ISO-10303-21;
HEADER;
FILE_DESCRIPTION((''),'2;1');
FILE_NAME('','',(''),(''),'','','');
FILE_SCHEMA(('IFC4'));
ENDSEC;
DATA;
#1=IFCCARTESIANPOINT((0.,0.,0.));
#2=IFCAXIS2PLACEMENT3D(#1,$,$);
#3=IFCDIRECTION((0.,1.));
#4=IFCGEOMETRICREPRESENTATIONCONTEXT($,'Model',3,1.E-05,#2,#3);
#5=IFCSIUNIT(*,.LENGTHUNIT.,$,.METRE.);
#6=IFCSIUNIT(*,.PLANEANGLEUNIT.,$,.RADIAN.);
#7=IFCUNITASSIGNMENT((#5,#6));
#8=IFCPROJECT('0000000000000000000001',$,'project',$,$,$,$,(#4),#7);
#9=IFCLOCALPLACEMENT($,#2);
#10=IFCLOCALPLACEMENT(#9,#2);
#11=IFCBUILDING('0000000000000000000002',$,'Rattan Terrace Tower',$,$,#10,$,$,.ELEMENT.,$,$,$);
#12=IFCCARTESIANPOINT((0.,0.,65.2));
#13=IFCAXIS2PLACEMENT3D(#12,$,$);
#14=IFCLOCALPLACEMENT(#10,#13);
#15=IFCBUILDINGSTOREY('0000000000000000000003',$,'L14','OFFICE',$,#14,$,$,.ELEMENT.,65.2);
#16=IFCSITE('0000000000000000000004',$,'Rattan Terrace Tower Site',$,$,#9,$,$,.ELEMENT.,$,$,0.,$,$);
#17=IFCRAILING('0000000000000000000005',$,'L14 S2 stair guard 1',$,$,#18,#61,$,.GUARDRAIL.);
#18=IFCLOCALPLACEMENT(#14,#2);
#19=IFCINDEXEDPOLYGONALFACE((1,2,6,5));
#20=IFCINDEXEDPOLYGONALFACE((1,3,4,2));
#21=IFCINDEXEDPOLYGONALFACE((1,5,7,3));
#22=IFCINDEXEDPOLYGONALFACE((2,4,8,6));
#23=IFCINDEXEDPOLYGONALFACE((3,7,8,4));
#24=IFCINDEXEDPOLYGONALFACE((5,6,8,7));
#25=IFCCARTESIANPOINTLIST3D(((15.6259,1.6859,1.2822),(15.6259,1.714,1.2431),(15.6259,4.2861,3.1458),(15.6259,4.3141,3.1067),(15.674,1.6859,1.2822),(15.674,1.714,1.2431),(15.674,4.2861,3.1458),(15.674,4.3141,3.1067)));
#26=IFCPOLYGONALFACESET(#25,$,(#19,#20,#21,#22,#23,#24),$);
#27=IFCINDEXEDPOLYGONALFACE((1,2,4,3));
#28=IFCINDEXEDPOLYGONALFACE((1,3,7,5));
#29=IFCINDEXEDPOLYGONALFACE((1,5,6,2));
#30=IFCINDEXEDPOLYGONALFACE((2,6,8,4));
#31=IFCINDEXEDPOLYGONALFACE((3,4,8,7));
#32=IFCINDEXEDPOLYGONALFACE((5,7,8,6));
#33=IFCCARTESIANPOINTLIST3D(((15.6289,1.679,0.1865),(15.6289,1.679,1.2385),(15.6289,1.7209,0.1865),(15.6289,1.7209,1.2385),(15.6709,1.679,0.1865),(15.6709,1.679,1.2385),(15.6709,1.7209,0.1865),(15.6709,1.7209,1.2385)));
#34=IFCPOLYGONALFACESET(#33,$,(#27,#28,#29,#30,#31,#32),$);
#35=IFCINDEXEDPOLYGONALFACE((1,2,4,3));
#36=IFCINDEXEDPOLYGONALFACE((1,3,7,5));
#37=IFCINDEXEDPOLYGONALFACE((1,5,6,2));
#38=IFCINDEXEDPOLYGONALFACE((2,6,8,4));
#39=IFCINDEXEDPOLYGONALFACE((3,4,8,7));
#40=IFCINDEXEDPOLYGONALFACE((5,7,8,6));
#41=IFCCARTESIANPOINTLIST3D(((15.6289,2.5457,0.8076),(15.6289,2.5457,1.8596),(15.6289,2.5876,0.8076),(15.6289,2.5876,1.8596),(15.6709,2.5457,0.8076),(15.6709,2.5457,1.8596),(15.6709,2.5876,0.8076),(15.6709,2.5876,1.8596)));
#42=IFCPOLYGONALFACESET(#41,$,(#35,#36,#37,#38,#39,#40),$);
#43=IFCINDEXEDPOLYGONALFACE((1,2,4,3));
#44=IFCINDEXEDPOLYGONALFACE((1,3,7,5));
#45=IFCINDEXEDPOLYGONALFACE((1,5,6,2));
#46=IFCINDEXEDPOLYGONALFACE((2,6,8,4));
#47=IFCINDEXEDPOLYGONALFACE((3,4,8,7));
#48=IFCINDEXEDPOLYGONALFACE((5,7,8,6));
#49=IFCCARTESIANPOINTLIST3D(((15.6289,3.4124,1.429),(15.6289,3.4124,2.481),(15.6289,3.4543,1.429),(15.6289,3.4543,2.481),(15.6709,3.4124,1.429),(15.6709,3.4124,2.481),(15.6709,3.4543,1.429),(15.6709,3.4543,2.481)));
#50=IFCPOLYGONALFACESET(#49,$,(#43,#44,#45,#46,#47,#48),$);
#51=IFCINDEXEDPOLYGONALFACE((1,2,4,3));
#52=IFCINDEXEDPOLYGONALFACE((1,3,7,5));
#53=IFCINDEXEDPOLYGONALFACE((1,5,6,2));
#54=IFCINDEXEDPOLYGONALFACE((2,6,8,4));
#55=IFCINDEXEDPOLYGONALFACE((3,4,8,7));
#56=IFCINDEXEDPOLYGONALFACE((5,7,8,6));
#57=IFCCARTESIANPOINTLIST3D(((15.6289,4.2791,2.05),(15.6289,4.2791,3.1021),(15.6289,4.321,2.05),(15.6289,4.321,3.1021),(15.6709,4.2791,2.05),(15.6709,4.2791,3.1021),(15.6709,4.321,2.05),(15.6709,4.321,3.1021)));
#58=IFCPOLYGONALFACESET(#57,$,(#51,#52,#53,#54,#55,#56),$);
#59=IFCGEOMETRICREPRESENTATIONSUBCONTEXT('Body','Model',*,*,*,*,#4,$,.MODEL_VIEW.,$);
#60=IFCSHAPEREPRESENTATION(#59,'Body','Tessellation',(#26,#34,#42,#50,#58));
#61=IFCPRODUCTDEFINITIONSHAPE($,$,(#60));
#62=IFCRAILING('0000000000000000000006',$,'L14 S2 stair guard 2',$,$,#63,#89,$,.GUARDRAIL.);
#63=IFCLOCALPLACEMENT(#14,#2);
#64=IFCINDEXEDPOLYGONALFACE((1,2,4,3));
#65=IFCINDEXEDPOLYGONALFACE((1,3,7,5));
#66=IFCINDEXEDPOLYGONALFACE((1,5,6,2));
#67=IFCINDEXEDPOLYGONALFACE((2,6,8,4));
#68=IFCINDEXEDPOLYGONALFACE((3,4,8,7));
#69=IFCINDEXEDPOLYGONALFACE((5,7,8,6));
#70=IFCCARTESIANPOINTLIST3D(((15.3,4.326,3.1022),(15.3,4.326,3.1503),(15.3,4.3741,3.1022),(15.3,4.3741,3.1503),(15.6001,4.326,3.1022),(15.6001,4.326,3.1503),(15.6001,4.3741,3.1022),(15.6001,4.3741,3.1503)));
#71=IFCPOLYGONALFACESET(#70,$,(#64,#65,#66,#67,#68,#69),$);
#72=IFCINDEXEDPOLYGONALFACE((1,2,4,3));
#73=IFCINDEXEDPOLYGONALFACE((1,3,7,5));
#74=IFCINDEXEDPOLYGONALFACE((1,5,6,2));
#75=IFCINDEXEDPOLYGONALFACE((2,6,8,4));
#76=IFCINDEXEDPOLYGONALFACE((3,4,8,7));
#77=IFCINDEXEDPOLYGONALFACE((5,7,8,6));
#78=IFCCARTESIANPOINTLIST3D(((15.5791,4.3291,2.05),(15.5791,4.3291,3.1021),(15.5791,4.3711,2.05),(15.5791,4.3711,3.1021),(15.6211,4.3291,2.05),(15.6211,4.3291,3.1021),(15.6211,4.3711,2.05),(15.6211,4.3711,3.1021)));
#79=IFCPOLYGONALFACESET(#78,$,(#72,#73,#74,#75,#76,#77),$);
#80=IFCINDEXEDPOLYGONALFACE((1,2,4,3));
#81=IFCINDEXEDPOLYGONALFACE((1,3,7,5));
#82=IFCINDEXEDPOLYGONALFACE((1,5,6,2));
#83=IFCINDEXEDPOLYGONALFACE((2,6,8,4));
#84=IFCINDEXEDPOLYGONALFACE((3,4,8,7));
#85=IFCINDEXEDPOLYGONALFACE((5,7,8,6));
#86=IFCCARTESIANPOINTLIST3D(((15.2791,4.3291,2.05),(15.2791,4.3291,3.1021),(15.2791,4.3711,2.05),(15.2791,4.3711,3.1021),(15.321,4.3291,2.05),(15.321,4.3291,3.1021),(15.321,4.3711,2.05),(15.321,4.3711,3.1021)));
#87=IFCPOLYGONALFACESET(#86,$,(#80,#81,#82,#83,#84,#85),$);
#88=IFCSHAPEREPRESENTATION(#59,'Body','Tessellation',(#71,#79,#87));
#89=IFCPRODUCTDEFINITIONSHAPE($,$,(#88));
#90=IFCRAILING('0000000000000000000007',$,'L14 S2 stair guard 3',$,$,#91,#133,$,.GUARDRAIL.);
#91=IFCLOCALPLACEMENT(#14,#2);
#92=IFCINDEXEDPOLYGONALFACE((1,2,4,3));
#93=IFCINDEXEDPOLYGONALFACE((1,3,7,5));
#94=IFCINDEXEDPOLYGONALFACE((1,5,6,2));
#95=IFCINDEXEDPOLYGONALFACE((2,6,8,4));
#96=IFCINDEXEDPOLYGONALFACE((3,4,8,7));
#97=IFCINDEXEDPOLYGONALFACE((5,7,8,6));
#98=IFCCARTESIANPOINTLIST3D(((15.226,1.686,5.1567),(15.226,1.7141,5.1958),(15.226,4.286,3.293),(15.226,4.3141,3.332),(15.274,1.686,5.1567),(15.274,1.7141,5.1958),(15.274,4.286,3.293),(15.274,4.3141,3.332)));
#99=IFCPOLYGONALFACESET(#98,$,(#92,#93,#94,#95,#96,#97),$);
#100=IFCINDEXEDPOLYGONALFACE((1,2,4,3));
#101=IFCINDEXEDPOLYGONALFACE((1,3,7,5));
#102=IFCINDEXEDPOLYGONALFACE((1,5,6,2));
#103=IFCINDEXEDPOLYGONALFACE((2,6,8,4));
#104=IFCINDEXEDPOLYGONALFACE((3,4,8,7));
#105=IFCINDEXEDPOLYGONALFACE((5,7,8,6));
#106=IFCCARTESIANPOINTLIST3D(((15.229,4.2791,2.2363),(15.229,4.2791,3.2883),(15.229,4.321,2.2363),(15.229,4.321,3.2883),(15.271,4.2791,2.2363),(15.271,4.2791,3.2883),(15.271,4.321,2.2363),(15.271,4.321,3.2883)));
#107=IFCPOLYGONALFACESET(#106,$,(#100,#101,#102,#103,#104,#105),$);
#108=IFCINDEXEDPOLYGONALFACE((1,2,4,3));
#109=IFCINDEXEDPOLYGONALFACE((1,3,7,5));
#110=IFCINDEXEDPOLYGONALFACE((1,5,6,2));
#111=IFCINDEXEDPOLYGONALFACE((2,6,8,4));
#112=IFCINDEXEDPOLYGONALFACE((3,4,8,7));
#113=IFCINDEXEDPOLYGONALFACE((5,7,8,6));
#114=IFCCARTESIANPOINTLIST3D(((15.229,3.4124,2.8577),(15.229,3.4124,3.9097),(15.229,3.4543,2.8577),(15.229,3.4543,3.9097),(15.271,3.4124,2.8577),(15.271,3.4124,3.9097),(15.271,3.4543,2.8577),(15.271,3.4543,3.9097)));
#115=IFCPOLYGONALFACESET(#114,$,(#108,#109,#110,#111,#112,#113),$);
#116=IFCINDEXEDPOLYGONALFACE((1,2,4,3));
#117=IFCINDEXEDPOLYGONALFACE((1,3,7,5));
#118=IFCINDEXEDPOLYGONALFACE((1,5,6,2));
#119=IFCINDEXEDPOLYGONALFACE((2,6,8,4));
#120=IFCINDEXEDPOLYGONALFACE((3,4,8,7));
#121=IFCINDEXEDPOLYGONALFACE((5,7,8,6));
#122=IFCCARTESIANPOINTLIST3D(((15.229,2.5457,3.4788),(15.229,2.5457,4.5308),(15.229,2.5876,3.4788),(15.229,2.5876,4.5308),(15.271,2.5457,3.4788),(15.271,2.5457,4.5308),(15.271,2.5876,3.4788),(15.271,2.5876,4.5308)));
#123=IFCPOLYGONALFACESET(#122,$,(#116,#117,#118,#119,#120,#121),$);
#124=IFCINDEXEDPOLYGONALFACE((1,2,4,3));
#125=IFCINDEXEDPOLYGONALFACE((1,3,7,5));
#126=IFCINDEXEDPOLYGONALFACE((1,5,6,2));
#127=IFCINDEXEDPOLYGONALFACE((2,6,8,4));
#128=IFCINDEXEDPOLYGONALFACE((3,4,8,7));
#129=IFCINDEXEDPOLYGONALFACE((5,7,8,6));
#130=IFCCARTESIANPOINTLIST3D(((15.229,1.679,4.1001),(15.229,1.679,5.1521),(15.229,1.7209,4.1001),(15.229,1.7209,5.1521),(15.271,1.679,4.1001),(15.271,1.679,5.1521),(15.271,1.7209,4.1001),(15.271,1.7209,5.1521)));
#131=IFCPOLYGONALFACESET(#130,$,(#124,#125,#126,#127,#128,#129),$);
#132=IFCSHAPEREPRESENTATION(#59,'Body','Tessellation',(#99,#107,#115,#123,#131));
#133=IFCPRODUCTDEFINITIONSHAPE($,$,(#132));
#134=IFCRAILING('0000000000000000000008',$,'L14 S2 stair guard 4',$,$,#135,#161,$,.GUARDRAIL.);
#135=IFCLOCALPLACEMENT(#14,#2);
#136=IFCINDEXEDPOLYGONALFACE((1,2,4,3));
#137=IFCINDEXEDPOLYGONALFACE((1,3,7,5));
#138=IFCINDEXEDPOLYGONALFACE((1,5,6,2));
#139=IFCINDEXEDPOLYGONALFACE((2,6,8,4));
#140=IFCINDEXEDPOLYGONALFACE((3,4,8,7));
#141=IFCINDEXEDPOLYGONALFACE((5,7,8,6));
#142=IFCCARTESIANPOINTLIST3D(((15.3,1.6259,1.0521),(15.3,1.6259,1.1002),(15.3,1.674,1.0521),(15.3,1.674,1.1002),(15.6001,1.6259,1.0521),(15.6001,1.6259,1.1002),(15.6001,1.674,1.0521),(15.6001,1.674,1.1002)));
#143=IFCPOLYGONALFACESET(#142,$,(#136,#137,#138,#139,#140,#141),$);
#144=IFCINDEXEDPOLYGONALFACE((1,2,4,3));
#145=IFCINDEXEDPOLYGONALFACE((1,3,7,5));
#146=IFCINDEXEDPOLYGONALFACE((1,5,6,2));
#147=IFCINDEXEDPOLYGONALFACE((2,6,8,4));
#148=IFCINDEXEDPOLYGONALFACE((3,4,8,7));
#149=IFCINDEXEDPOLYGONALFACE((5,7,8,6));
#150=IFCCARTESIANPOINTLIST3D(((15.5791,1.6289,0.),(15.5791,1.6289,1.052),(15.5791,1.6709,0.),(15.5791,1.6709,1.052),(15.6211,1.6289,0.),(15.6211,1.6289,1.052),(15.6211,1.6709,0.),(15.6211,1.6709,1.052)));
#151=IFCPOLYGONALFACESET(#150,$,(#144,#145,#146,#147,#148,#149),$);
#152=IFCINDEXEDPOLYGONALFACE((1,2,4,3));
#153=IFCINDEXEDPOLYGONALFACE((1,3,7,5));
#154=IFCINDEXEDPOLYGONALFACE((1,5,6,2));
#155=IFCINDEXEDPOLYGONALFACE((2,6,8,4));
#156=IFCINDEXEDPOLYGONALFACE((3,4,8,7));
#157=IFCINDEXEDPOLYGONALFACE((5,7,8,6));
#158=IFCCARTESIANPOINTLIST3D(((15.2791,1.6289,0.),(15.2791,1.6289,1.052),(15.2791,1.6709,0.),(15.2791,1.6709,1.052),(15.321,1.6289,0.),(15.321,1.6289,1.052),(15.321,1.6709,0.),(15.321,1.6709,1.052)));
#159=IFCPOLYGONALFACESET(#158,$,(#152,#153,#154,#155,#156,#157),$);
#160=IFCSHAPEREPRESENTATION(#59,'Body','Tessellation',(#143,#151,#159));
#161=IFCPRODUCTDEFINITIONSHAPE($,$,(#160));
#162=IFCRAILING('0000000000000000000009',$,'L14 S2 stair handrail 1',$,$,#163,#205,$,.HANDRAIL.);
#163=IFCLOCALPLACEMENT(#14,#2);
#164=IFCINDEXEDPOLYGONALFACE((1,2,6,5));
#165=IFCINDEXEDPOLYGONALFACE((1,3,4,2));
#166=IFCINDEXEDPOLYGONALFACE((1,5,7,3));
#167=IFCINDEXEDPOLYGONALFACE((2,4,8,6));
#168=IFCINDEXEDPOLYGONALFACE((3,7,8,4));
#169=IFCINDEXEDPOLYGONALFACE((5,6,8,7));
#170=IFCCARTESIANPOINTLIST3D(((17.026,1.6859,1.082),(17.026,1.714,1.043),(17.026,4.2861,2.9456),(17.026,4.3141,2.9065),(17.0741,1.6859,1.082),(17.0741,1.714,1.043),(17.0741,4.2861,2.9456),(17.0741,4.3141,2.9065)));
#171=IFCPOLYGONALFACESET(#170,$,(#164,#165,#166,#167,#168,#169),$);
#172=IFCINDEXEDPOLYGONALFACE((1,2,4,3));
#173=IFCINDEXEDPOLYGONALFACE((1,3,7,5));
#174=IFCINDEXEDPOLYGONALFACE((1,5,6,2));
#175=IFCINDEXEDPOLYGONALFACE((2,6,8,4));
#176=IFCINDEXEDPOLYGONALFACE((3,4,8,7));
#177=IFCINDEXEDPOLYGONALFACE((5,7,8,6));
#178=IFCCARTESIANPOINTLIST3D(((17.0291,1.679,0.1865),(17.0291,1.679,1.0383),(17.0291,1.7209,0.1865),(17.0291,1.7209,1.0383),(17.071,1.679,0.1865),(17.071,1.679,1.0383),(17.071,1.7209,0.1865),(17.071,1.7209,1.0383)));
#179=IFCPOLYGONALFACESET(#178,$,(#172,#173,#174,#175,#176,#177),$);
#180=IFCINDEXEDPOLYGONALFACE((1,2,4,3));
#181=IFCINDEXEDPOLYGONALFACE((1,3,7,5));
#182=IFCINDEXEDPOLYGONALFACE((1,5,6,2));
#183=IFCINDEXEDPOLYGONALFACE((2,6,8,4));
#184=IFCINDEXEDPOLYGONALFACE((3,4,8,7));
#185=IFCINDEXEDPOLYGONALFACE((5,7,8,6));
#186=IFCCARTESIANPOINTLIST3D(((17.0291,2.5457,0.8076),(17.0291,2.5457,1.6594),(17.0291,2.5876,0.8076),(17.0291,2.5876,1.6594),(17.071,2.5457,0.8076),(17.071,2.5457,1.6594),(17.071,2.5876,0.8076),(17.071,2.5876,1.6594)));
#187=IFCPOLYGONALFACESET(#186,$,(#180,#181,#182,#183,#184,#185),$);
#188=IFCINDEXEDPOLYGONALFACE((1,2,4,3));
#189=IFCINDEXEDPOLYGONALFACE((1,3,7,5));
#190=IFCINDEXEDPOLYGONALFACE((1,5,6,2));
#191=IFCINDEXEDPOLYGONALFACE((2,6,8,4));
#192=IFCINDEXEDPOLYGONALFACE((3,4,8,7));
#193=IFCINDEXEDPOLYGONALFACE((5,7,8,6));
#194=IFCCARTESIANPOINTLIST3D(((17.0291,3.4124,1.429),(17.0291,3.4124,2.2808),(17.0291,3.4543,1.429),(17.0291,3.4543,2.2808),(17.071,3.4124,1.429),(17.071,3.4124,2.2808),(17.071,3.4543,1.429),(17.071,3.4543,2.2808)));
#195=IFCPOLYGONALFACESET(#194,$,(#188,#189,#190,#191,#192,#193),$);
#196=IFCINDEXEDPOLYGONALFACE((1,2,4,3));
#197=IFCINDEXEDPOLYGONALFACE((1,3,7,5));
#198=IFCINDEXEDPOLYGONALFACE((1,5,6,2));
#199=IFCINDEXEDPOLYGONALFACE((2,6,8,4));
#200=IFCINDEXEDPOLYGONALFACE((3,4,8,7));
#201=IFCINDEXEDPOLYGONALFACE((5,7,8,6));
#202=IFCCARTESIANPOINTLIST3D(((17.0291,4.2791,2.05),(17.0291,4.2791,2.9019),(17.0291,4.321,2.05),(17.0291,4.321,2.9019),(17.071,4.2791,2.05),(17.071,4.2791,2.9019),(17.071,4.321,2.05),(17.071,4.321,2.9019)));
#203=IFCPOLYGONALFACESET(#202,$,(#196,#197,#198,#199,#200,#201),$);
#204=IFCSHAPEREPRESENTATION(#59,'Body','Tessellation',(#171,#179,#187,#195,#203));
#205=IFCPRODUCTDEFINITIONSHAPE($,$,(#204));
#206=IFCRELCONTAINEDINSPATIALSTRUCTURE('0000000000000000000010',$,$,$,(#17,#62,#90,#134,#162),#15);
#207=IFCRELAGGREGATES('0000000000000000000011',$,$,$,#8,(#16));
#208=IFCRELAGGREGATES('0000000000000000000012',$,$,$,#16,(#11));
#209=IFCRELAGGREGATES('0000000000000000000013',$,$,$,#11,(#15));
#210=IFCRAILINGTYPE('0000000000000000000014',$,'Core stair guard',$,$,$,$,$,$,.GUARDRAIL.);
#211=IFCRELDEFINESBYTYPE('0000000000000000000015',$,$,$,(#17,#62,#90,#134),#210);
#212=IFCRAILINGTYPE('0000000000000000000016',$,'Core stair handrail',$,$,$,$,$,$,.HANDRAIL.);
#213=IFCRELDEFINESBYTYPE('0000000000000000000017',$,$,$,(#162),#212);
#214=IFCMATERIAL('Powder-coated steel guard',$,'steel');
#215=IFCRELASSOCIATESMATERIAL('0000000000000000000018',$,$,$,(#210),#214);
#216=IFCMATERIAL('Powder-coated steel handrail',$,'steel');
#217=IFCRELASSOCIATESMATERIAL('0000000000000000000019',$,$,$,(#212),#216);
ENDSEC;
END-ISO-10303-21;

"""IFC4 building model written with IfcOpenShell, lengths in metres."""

from ifc_helpers import new_model, si_unit, direction, frame, origin, origin_2d, place, context, subcontext, project, spatial, rectangle, extrude, material, type_object, element, save


model = new_model("IFC4")

# Units and contexts
model_context = context("Model", 3, precision=1e-05, world=origin(), true_north=direction((0.0, 1.0)))
body_context = subcontext(model_context, "Body", "Model", "MODEL_VIEW")
ifc_project = project(units=[si_unit("LENGTHUNIT", "METRE"), si_unit("PLANEANGLEUNIT", "RADIAN")], contexts=[model_context])

# Site, building, storey
site_placement = place(None, origin())
site = spatial("IfcSite", under=ifc_project, at=site_placement, Name="Rattan Terrace Tower Site", CompositionType="ELEMENT", RefElevation=0.0)
building_placement = place(site_placement, origin())
building = spatial("IfcBuilding", under=site, at=building_placement, Name="Rattan Terrace Tower", CompositionType="ELEMENT")
storey_placement = place(building_placement, frame((0.0, 0.0, 65.2)))
storey = spatial("IfcBuildingStorey", under=building, at=storey_placement, Name="L14", Description="OFFICE", CompositionType="ELEMENT", Elevation=65.2)

# Railings
ifc_material_1 = material(Name="Powder-coated steel guard", Category="steel")
railing_type_1 = type_object("IfcRailingType", Name="Core stair guard", PredefinedType="GUARDRAIL", material=ifc_material_1)
railing_1_placement = place(storey_placement, frame((15.6499, 1.7, 0.1865)))
element("IfcRailing", 1, at=railing_1_placement, inside=storey, type_object=railing_type_1, Name="L14 S2 stair guard 1", PredefinedType="GUARDRAIL", context=body_context, shape_type="SweptSolid", body=[
    extrude(rectangle(XDim=0.0481, YDim=0.0481, at=origin_2d()), frame((0.0, 0.0, 1.0762), z_axis=(0.0, 0.812799, 0.582544), x_axis=(-1.0, 0.0, 0.0)), (0.0, 0.0, 1.0), 3.199),
    extrude(rectangle(XDim=0.042, YDim=0.042, at=origin_2d()), origin(), (0.0, 0.0, 1.0), 1.052),
    extrude(rectangle(XDim=0.042, YDim=0.042, at=origin_2d()), frame((0.0, 0.8667, 0.6211)), (0.0, 0.0, 1.0), 1.052),
    extrude(rectangle(XDim=0.042, YDim=0.042, at=origin_2d()), frame((0.0, 1.7334, 1.2424)), (0.0, 0.0, 1.0), 1.052),
    extrude(rectangle(XDim=0.042, YDim=0.042, at=origin_2d()), frame((0.0, 2.6001, 1.8635)), (0.0, 0.0, 1.0), 1.052),
])
railing_2_placement = place(storey_placement, frame((15.6001, 4.3501, 2.05)))
element("IfcRailing", 2, at=railing_2_placement, inside=storey, type_object=railing_type_1, Name="L14 S2 stair guard 2", PredefinedType="GUARDRAIL", context=body_context, shape_type="SweptSolid", body=[
    extrude(rectangle(XDim=0.0481, YDim=0.0481, at=origin_2d()), frame((0.0, 0.0, 1.0762), z_axis=(-1.0, 0.0, 0.0), x_axis=(0.0, -1.0, 0.0)), (0.0, 0.0, 1.0), 0.3),
    extrude(rectangle(XDim=0.042, YDim=0.042, at=origin_2d()), origin(), (0.0, 0.0, 1.0), 1.052),
    extrude(rectangle(XDim=0.042, YDim=0.042, at=origin_2d()), frame((-0.3, 0.0, 0.0)), (0.0, 0.0, 1.0), 1.052),
])
railing_3_placement = place(storey_placement, frame((15.25, 4.3, 2.2363)))
element("IfcRailing", 3, at=railing_3_placement, inside=storey, type_object=railing_type_1, Name="L14 S2 stair guard 3", PredefinedType="GUARDRAIL", context=body_context, shape_type="SweptSolid", body=[
    extrude(rectangle(XDim=0.0481, YDim=0.0481, at=origin_2d()), frame((0.0, 0.0, 1.0762), z_axis=(0.0, -0.812763, 0.582595), x_axis=(1.0, 0.0, 0.0)), (0.0, 0.0, 1.0), 3.199),
    extrude(rectangle(XDim=0.042, YDim=0.042, at=origin_2d()), origin(), (0.0, 0.0, 1.0), 1.052),
    extrude(rectangle(XDim=0.042, YDim=0.042, at=origin_2d()), frame((0.0, -0.8667, 0.6213)), (0.0, 0.0, 1.0), 1.052),
    extrude(rectangle(XDim=0.042, YDim=0.042, at=origin_2d()), frame((0.0, -1.7334, 1.2424)), (0.0, 0.0, 1.0), 1.052),
    extrude(rectangle(XDim=0.042, YDim=0.042, at=origin_2d()), frame((0.0, -2.6001, 1.8638)), (0.0, 0.0, 1.0), 1.052),
])
railing_4_placement = place(storey_placement, frame((15.6001, 1.6499, 0.0)))
element("IfcRailing", 4, at=railing_4_placement, inside=storey, type_object=railing_type_1, Name="L14 S2 stair guard 4", PredefinedType="GUARDRAIL", context=body_context, shape_type="SweptSolid", body=[
    extrude(rectangle(XDim=0.0481, YDim=0.0481, at=origin_2d()), frame((0.0, 0.0, 1.0762), z_axis=(-1.0, 0.0, 0.0), x_axis=(0.0, -1.0, 0.0)), (0.0, 0.0, 1.0), 0.3),
    extrude(rectangle(XDim=0.042, YDim=0.042, at=origin_2d()), origin(), (0.0, 0.0, 1.0), 1.052),
    extrude(rectangle(XDim=0.042, YDim=0.042, at=origin_2d()), frame((-0.3, 0.0, 0.0)), (0.0, 0.0, 1.0), 1.052),
])
ifc_material_2 = material(Name="Powder-coated steel handrail", Category="steel")
railing_type_2 = type_object("IfcRailingType", Name="Core stair handrail", PredefinedType="HANDRAIL", material=ifc_material_2)
railing_5_placement = place(storey_placement, frame((17.05, 1.7, 0.1865)))
element("IfcRailing", 5, at=railing_5_placement, inside=storey, type_object=railing_type_2, Name="L14 S2 stair handrail 1", PredefinedType="HANDRAIL", context=body_context, shape_type="SweptSolid", body=[
    extrude(rectangle(XDim=0.0481, YDim=0.0481, at=origin_2d()), frame((0.0, 0.0, 0.876), z_axis=(0.0, 0.812799, 0.582544), x_axis=(-1.0, 0.0, 0.0)), (0.0, 0.0, 1.0), 3.199),
    extrude(rectangle(XDim=0.042, YDim=0.042, at=origin_2d()), origin(), (0.0, 0.0, 1.0), 0.8518),
    extrude(rectangle(XDim=0.042, YDim=0.042, at=origin_2d()), frame((0.0, 0.8667, 0.6211)), (0.0, 0.0, 1.0), 0.8518),
    extrude(rectangle(XDim=0.042, YDim=0.042, at=origin_2d()), frame((0.0, 1.7334, 1.2424)), (0.0, 0.0, 1.0), 0.8518),
    extrude(rectangle(XDim=0.042, YDim=0.042, at=origin_2d()), frame((0.0, 2.6001, 1.8635)), (0.0, 0.0, 1.0), 0.8518),
])

save(model, "model.ifc")
